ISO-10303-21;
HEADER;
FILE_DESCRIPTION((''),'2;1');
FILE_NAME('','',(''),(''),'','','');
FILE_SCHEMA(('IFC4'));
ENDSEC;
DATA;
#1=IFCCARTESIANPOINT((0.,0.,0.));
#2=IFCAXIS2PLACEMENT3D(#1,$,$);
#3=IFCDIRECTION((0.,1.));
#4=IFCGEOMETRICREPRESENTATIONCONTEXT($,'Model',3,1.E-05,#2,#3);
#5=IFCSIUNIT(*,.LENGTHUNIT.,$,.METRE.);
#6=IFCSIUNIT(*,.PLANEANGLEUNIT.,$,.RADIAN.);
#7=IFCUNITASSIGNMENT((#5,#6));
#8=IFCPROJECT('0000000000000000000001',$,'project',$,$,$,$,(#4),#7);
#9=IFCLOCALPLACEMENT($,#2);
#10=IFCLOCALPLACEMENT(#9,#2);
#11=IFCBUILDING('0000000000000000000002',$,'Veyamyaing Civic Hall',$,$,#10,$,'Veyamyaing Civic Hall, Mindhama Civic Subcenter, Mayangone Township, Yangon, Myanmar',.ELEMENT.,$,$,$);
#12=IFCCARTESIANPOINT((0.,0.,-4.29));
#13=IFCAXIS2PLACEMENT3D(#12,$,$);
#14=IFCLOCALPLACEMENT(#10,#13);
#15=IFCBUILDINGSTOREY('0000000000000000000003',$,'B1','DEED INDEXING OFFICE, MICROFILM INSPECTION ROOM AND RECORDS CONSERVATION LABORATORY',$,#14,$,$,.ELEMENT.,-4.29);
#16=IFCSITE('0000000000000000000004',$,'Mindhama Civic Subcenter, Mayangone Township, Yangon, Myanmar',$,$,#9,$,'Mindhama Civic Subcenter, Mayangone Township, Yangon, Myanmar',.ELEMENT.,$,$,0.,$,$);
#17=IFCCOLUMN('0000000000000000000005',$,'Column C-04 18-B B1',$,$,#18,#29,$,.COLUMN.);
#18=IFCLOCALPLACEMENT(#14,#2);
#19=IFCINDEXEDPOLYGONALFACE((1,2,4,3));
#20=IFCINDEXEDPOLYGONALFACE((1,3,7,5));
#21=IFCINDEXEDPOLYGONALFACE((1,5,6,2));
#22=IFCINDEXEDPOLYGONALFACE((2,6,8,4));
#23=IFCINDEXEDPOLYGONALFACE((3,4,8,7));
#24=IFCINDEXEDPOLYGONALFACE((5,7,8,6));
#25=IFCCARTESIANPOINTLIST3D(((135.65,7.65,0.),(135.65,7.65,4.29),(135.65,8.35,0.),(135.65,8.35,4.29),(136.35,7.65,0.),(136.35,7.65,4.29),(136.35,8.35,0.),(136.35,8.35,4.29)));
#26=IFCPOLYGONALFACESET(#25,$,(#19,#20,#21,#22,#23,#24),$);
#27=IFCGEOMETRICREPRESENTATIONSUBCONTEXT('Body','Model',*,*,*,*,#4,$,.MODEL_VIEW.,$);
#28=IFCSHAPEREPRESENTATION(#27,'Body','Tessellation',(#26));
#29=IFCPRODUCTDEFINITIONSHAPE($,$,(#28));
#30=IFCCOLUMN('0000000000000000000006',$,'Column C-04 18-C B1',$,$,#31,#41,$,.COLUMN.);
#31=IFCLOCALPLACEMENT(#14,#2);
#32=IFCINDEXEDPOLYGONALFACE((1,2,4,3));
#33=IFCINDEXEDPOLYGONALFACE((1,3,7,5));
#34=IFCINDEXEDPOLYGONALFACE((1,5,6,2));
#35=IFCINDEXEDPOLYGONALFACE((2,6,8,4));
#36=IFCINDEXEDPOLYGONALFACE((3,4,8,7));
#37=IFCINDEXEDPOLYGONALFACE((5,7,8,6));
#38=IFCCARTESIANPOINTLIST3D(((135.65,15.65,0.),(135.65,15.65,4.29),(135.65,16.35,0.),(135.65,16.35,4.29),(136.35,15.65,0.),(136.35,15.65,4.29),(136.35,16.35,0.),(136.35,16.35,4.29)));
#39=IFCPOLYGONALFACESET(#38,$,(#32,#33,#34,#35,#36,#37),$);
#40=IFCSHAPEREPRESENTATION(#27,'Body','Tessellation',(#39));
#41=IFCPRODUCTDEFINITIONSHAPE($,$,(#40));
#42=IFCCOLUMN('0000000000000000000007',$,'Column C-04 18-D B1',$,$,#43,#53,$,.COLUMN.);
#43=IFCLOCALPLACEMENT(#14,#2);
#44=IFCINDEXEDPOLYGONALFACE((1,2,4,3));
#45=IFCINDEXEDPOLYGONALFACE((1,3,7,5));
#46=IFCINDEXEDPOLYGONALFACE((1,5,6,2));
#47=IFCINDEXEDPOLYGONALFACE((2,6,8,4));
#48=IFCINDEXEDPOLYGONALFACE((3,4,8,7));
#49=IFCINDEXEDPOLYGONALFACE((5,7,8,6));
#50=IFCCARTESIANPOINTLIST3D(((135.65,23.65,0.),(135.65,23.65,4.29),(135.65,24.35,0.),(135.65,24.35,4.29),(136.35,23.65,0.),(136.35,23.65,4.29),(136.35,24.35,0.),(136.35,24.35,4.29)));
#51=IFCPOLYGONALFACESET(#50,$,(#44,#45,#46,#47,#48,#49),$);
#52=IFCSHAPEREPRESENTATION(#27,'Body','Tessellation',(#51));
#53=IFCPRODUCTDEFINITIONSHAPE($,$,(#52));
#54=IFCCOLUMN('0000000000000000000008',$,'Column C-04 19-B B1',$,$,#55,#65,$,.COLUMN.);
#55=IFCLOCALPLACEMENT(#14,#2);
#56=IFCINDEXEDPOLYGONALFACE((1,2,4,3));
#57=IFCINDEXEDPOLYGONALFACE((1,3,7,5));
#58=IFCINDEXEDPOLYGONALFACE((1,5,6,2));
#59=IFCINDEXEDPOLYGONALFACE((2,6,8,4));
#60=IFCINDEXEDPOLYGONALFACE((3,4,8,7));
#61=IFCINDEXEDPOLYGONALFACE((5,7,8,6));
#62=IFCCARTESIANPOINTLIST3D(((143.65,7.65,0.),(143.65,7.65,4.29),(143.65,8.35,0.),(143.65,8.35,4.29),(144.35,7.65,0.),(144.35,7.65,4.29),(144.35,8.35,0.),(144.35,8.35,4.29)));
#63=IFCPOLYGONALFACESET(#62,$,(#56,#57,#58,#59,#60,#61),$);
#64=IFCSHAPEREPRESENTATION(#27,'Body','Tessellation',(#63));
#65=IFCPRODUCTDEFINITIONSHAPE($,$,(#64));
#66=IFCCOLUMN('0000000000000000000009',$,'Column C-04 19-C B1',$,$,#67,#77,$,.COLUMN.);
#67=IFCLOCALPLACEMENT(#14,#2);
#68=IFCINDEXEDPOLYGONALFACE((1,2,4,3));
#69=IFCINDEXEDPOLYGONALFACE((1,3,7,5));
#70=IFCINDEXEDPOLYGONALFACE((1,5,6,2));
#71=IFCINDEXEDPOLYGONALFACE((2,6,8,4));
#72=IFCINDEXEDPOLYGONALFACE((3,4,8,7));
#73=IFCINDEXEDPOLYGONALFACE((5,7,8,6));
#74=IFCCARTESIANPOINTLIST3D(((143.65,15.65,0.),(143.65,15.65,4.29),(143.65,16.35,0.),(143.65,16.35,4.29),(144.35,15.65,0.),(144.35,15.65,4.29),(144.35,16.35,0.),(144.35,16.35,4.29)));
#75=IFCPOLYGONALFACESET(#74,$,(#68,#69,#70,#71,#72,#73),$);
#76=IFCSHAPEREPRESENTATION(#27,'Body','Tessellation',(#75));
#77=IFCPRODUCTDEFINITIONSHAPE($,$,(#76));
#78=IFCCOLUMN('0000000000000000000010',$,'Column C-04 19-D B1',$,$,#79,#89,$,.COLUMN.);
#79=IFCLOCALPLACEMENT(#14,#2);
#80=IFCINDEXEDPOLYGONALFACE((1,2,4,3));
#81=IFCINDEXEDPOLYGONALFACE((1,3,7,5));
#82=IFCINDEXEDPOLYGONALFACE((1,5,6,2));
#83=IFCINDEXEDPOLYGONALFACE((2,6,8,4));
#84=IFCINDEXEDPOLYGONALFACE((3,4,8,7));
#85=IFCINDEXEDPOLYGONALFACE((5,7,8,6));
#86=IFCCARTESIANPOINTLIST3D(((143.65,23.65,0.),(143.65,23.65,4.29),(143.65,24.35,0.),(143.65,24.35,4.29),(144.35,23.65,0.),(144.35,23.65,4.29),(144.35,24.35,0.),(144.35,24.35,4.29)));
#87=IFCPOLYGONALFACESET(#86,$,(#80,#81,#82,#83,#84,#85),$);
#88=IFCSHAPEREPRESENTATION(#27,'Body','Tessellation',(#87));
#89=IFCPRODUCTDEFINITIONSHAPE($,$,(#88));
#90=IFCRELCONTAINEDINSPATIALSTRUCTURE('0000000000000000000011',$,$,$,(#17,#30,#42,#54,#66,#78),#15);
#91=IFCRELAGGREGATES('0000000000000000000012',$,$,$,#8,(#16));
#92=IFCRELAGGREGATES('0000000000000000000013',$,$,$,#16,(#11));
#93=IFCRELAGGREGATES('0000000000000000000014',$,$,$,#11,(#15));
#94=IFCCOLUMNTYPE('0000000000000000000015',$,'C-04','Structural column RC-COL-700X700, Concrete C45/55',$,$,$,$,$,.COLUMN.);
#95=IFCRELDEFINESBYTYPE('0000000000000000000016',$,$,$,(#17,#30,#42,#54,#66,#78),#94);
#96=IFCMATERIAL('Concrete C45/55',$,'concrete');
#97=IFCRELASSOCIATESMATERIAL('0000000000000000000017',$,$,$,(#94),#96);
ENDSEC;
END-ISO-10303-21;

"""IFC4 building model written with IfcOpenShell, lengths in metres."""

from ifc_helpers import new_model, si_unit, direction, frame, origin, origin_2d, place, context, subcontext, project, spatial, rectangle, extrude, material, material_profile, profile_set, type_object, element, save


model = new_model("IFC4")

# Units and contexts
model_context = context("Model", 3, precision=1e-05, world=origin(), true_north=direction((0.0, 1.0)))
body_context = subcontext(model_context, "Body", "Model", "MODEL_VIEW")
ifc_project = project(units=[si_unit("LENGTHUNIT", "METRE"), si_unit("PLANEANGLEUNIT", "RADIAN")], contexts=[model_context])

# Site, building, storey
site_placement = place(None, origin())
site = spatial("IfcSite", under=ifc_project, at=site_placement, Name="Mindhama Civic Subcenter, Mayangone Township, Yangon, Myanmar", LongName="Mindhama Civic Subcenter, Mayangone Township, Yangon, Myanmar", CompositionType="ELEMENT", RefElevation=0.0)
building_placement = place(site_placement, origin())
building = spatial("IfcBuilding", under=site, at=building_placement, Name="Veyamyaing Civic Hall", LongName="Veyamyaing Civic Hall, Mindhama Civic Subcenter, Mayangone Township, Yangon, Myanmar", CompositionType="ELEMENT")
storey_placement = place(building_placement, frame((0.0, 0.0, -4.29)))
storey = spatial("IfcBuildingStorey", under=building, at=storey_placement, Name="B1", Description="DEED INDEXING OFFICE, MICROFILM INSPECTION ROOM AND RECORDS CONSERVATION LABORATORY", CompositionType="ELEMENT", Elevation=-4.29)

# Columns
ifc_material_1 = material(Name="Concrete C45/55", Category="concrete")
ifc_material_profile_1 = material_profile(ifc_material_1, rectangle(XDim=0.7, YDim=0.7, at=origin_2d()), Name="RC-COL-700X700")
ifc_profile_set_1 = profile_set([ifc_material_profile_1], Name="Concrete C45/55")
column_type = type_object("IfcColumnType", Name="C-04", Description="Structural column RC-COL-700X700, Concrete C45/55", PredefinedType="COLUMN", material=ifc_profile_set_1)
for number, where, z_axis, x_axis, name in (
    (1, (136.0, 8.0, 0.0), (0.0, 0.0, 1.0), (1.0, 0.0, 0.0), "Column C-04 18-B B1"),
    (2, (136.0, 16.0, 0.0), (0.0, 0.0, 1.0), (1.0, 0.0, 0.0), "Column C-04 18-C B1"),
    (3, (136.0, 24.0, 0.0), (0.0, 0.0, 1.0), (1.0, 0.0, 0.0), "Column C-04 18-D B1"),
    (4, (144.0, 8.0, 0.0), (0.0, 0.0, 1.0), (1.0, 0.0, 0.0), "Column C-04 19-B B1"),
    (5, (144.0, 16.0, 0.0), (0.0, 0.0, 1.0), (1.0, 0.0, 0.0), "Column C-04 19-C B1"),
    (6, (144.0, 24.0, 0.0), (0.0, 0.0, 1.0), (1.0, 0.0, 0.0), "Column C-04 19-D B1"),
):
    element("IfcColumn", number, at=place(storey_placement, frame(where, z_axis=z_axis, x_axis=x_axis)), inside=storey, type_object=column_type, Name=name, PredefinedType="COLUMN", context=body_context, shape_type="SweptSolid", body=[
        extrude(rectangle(XDim=0.7, YDim=0.7, at=origin_2d()), origin(), (0.0, 0.0, 1.0), 4.29),
    ])

save(model, "model.ifc")
